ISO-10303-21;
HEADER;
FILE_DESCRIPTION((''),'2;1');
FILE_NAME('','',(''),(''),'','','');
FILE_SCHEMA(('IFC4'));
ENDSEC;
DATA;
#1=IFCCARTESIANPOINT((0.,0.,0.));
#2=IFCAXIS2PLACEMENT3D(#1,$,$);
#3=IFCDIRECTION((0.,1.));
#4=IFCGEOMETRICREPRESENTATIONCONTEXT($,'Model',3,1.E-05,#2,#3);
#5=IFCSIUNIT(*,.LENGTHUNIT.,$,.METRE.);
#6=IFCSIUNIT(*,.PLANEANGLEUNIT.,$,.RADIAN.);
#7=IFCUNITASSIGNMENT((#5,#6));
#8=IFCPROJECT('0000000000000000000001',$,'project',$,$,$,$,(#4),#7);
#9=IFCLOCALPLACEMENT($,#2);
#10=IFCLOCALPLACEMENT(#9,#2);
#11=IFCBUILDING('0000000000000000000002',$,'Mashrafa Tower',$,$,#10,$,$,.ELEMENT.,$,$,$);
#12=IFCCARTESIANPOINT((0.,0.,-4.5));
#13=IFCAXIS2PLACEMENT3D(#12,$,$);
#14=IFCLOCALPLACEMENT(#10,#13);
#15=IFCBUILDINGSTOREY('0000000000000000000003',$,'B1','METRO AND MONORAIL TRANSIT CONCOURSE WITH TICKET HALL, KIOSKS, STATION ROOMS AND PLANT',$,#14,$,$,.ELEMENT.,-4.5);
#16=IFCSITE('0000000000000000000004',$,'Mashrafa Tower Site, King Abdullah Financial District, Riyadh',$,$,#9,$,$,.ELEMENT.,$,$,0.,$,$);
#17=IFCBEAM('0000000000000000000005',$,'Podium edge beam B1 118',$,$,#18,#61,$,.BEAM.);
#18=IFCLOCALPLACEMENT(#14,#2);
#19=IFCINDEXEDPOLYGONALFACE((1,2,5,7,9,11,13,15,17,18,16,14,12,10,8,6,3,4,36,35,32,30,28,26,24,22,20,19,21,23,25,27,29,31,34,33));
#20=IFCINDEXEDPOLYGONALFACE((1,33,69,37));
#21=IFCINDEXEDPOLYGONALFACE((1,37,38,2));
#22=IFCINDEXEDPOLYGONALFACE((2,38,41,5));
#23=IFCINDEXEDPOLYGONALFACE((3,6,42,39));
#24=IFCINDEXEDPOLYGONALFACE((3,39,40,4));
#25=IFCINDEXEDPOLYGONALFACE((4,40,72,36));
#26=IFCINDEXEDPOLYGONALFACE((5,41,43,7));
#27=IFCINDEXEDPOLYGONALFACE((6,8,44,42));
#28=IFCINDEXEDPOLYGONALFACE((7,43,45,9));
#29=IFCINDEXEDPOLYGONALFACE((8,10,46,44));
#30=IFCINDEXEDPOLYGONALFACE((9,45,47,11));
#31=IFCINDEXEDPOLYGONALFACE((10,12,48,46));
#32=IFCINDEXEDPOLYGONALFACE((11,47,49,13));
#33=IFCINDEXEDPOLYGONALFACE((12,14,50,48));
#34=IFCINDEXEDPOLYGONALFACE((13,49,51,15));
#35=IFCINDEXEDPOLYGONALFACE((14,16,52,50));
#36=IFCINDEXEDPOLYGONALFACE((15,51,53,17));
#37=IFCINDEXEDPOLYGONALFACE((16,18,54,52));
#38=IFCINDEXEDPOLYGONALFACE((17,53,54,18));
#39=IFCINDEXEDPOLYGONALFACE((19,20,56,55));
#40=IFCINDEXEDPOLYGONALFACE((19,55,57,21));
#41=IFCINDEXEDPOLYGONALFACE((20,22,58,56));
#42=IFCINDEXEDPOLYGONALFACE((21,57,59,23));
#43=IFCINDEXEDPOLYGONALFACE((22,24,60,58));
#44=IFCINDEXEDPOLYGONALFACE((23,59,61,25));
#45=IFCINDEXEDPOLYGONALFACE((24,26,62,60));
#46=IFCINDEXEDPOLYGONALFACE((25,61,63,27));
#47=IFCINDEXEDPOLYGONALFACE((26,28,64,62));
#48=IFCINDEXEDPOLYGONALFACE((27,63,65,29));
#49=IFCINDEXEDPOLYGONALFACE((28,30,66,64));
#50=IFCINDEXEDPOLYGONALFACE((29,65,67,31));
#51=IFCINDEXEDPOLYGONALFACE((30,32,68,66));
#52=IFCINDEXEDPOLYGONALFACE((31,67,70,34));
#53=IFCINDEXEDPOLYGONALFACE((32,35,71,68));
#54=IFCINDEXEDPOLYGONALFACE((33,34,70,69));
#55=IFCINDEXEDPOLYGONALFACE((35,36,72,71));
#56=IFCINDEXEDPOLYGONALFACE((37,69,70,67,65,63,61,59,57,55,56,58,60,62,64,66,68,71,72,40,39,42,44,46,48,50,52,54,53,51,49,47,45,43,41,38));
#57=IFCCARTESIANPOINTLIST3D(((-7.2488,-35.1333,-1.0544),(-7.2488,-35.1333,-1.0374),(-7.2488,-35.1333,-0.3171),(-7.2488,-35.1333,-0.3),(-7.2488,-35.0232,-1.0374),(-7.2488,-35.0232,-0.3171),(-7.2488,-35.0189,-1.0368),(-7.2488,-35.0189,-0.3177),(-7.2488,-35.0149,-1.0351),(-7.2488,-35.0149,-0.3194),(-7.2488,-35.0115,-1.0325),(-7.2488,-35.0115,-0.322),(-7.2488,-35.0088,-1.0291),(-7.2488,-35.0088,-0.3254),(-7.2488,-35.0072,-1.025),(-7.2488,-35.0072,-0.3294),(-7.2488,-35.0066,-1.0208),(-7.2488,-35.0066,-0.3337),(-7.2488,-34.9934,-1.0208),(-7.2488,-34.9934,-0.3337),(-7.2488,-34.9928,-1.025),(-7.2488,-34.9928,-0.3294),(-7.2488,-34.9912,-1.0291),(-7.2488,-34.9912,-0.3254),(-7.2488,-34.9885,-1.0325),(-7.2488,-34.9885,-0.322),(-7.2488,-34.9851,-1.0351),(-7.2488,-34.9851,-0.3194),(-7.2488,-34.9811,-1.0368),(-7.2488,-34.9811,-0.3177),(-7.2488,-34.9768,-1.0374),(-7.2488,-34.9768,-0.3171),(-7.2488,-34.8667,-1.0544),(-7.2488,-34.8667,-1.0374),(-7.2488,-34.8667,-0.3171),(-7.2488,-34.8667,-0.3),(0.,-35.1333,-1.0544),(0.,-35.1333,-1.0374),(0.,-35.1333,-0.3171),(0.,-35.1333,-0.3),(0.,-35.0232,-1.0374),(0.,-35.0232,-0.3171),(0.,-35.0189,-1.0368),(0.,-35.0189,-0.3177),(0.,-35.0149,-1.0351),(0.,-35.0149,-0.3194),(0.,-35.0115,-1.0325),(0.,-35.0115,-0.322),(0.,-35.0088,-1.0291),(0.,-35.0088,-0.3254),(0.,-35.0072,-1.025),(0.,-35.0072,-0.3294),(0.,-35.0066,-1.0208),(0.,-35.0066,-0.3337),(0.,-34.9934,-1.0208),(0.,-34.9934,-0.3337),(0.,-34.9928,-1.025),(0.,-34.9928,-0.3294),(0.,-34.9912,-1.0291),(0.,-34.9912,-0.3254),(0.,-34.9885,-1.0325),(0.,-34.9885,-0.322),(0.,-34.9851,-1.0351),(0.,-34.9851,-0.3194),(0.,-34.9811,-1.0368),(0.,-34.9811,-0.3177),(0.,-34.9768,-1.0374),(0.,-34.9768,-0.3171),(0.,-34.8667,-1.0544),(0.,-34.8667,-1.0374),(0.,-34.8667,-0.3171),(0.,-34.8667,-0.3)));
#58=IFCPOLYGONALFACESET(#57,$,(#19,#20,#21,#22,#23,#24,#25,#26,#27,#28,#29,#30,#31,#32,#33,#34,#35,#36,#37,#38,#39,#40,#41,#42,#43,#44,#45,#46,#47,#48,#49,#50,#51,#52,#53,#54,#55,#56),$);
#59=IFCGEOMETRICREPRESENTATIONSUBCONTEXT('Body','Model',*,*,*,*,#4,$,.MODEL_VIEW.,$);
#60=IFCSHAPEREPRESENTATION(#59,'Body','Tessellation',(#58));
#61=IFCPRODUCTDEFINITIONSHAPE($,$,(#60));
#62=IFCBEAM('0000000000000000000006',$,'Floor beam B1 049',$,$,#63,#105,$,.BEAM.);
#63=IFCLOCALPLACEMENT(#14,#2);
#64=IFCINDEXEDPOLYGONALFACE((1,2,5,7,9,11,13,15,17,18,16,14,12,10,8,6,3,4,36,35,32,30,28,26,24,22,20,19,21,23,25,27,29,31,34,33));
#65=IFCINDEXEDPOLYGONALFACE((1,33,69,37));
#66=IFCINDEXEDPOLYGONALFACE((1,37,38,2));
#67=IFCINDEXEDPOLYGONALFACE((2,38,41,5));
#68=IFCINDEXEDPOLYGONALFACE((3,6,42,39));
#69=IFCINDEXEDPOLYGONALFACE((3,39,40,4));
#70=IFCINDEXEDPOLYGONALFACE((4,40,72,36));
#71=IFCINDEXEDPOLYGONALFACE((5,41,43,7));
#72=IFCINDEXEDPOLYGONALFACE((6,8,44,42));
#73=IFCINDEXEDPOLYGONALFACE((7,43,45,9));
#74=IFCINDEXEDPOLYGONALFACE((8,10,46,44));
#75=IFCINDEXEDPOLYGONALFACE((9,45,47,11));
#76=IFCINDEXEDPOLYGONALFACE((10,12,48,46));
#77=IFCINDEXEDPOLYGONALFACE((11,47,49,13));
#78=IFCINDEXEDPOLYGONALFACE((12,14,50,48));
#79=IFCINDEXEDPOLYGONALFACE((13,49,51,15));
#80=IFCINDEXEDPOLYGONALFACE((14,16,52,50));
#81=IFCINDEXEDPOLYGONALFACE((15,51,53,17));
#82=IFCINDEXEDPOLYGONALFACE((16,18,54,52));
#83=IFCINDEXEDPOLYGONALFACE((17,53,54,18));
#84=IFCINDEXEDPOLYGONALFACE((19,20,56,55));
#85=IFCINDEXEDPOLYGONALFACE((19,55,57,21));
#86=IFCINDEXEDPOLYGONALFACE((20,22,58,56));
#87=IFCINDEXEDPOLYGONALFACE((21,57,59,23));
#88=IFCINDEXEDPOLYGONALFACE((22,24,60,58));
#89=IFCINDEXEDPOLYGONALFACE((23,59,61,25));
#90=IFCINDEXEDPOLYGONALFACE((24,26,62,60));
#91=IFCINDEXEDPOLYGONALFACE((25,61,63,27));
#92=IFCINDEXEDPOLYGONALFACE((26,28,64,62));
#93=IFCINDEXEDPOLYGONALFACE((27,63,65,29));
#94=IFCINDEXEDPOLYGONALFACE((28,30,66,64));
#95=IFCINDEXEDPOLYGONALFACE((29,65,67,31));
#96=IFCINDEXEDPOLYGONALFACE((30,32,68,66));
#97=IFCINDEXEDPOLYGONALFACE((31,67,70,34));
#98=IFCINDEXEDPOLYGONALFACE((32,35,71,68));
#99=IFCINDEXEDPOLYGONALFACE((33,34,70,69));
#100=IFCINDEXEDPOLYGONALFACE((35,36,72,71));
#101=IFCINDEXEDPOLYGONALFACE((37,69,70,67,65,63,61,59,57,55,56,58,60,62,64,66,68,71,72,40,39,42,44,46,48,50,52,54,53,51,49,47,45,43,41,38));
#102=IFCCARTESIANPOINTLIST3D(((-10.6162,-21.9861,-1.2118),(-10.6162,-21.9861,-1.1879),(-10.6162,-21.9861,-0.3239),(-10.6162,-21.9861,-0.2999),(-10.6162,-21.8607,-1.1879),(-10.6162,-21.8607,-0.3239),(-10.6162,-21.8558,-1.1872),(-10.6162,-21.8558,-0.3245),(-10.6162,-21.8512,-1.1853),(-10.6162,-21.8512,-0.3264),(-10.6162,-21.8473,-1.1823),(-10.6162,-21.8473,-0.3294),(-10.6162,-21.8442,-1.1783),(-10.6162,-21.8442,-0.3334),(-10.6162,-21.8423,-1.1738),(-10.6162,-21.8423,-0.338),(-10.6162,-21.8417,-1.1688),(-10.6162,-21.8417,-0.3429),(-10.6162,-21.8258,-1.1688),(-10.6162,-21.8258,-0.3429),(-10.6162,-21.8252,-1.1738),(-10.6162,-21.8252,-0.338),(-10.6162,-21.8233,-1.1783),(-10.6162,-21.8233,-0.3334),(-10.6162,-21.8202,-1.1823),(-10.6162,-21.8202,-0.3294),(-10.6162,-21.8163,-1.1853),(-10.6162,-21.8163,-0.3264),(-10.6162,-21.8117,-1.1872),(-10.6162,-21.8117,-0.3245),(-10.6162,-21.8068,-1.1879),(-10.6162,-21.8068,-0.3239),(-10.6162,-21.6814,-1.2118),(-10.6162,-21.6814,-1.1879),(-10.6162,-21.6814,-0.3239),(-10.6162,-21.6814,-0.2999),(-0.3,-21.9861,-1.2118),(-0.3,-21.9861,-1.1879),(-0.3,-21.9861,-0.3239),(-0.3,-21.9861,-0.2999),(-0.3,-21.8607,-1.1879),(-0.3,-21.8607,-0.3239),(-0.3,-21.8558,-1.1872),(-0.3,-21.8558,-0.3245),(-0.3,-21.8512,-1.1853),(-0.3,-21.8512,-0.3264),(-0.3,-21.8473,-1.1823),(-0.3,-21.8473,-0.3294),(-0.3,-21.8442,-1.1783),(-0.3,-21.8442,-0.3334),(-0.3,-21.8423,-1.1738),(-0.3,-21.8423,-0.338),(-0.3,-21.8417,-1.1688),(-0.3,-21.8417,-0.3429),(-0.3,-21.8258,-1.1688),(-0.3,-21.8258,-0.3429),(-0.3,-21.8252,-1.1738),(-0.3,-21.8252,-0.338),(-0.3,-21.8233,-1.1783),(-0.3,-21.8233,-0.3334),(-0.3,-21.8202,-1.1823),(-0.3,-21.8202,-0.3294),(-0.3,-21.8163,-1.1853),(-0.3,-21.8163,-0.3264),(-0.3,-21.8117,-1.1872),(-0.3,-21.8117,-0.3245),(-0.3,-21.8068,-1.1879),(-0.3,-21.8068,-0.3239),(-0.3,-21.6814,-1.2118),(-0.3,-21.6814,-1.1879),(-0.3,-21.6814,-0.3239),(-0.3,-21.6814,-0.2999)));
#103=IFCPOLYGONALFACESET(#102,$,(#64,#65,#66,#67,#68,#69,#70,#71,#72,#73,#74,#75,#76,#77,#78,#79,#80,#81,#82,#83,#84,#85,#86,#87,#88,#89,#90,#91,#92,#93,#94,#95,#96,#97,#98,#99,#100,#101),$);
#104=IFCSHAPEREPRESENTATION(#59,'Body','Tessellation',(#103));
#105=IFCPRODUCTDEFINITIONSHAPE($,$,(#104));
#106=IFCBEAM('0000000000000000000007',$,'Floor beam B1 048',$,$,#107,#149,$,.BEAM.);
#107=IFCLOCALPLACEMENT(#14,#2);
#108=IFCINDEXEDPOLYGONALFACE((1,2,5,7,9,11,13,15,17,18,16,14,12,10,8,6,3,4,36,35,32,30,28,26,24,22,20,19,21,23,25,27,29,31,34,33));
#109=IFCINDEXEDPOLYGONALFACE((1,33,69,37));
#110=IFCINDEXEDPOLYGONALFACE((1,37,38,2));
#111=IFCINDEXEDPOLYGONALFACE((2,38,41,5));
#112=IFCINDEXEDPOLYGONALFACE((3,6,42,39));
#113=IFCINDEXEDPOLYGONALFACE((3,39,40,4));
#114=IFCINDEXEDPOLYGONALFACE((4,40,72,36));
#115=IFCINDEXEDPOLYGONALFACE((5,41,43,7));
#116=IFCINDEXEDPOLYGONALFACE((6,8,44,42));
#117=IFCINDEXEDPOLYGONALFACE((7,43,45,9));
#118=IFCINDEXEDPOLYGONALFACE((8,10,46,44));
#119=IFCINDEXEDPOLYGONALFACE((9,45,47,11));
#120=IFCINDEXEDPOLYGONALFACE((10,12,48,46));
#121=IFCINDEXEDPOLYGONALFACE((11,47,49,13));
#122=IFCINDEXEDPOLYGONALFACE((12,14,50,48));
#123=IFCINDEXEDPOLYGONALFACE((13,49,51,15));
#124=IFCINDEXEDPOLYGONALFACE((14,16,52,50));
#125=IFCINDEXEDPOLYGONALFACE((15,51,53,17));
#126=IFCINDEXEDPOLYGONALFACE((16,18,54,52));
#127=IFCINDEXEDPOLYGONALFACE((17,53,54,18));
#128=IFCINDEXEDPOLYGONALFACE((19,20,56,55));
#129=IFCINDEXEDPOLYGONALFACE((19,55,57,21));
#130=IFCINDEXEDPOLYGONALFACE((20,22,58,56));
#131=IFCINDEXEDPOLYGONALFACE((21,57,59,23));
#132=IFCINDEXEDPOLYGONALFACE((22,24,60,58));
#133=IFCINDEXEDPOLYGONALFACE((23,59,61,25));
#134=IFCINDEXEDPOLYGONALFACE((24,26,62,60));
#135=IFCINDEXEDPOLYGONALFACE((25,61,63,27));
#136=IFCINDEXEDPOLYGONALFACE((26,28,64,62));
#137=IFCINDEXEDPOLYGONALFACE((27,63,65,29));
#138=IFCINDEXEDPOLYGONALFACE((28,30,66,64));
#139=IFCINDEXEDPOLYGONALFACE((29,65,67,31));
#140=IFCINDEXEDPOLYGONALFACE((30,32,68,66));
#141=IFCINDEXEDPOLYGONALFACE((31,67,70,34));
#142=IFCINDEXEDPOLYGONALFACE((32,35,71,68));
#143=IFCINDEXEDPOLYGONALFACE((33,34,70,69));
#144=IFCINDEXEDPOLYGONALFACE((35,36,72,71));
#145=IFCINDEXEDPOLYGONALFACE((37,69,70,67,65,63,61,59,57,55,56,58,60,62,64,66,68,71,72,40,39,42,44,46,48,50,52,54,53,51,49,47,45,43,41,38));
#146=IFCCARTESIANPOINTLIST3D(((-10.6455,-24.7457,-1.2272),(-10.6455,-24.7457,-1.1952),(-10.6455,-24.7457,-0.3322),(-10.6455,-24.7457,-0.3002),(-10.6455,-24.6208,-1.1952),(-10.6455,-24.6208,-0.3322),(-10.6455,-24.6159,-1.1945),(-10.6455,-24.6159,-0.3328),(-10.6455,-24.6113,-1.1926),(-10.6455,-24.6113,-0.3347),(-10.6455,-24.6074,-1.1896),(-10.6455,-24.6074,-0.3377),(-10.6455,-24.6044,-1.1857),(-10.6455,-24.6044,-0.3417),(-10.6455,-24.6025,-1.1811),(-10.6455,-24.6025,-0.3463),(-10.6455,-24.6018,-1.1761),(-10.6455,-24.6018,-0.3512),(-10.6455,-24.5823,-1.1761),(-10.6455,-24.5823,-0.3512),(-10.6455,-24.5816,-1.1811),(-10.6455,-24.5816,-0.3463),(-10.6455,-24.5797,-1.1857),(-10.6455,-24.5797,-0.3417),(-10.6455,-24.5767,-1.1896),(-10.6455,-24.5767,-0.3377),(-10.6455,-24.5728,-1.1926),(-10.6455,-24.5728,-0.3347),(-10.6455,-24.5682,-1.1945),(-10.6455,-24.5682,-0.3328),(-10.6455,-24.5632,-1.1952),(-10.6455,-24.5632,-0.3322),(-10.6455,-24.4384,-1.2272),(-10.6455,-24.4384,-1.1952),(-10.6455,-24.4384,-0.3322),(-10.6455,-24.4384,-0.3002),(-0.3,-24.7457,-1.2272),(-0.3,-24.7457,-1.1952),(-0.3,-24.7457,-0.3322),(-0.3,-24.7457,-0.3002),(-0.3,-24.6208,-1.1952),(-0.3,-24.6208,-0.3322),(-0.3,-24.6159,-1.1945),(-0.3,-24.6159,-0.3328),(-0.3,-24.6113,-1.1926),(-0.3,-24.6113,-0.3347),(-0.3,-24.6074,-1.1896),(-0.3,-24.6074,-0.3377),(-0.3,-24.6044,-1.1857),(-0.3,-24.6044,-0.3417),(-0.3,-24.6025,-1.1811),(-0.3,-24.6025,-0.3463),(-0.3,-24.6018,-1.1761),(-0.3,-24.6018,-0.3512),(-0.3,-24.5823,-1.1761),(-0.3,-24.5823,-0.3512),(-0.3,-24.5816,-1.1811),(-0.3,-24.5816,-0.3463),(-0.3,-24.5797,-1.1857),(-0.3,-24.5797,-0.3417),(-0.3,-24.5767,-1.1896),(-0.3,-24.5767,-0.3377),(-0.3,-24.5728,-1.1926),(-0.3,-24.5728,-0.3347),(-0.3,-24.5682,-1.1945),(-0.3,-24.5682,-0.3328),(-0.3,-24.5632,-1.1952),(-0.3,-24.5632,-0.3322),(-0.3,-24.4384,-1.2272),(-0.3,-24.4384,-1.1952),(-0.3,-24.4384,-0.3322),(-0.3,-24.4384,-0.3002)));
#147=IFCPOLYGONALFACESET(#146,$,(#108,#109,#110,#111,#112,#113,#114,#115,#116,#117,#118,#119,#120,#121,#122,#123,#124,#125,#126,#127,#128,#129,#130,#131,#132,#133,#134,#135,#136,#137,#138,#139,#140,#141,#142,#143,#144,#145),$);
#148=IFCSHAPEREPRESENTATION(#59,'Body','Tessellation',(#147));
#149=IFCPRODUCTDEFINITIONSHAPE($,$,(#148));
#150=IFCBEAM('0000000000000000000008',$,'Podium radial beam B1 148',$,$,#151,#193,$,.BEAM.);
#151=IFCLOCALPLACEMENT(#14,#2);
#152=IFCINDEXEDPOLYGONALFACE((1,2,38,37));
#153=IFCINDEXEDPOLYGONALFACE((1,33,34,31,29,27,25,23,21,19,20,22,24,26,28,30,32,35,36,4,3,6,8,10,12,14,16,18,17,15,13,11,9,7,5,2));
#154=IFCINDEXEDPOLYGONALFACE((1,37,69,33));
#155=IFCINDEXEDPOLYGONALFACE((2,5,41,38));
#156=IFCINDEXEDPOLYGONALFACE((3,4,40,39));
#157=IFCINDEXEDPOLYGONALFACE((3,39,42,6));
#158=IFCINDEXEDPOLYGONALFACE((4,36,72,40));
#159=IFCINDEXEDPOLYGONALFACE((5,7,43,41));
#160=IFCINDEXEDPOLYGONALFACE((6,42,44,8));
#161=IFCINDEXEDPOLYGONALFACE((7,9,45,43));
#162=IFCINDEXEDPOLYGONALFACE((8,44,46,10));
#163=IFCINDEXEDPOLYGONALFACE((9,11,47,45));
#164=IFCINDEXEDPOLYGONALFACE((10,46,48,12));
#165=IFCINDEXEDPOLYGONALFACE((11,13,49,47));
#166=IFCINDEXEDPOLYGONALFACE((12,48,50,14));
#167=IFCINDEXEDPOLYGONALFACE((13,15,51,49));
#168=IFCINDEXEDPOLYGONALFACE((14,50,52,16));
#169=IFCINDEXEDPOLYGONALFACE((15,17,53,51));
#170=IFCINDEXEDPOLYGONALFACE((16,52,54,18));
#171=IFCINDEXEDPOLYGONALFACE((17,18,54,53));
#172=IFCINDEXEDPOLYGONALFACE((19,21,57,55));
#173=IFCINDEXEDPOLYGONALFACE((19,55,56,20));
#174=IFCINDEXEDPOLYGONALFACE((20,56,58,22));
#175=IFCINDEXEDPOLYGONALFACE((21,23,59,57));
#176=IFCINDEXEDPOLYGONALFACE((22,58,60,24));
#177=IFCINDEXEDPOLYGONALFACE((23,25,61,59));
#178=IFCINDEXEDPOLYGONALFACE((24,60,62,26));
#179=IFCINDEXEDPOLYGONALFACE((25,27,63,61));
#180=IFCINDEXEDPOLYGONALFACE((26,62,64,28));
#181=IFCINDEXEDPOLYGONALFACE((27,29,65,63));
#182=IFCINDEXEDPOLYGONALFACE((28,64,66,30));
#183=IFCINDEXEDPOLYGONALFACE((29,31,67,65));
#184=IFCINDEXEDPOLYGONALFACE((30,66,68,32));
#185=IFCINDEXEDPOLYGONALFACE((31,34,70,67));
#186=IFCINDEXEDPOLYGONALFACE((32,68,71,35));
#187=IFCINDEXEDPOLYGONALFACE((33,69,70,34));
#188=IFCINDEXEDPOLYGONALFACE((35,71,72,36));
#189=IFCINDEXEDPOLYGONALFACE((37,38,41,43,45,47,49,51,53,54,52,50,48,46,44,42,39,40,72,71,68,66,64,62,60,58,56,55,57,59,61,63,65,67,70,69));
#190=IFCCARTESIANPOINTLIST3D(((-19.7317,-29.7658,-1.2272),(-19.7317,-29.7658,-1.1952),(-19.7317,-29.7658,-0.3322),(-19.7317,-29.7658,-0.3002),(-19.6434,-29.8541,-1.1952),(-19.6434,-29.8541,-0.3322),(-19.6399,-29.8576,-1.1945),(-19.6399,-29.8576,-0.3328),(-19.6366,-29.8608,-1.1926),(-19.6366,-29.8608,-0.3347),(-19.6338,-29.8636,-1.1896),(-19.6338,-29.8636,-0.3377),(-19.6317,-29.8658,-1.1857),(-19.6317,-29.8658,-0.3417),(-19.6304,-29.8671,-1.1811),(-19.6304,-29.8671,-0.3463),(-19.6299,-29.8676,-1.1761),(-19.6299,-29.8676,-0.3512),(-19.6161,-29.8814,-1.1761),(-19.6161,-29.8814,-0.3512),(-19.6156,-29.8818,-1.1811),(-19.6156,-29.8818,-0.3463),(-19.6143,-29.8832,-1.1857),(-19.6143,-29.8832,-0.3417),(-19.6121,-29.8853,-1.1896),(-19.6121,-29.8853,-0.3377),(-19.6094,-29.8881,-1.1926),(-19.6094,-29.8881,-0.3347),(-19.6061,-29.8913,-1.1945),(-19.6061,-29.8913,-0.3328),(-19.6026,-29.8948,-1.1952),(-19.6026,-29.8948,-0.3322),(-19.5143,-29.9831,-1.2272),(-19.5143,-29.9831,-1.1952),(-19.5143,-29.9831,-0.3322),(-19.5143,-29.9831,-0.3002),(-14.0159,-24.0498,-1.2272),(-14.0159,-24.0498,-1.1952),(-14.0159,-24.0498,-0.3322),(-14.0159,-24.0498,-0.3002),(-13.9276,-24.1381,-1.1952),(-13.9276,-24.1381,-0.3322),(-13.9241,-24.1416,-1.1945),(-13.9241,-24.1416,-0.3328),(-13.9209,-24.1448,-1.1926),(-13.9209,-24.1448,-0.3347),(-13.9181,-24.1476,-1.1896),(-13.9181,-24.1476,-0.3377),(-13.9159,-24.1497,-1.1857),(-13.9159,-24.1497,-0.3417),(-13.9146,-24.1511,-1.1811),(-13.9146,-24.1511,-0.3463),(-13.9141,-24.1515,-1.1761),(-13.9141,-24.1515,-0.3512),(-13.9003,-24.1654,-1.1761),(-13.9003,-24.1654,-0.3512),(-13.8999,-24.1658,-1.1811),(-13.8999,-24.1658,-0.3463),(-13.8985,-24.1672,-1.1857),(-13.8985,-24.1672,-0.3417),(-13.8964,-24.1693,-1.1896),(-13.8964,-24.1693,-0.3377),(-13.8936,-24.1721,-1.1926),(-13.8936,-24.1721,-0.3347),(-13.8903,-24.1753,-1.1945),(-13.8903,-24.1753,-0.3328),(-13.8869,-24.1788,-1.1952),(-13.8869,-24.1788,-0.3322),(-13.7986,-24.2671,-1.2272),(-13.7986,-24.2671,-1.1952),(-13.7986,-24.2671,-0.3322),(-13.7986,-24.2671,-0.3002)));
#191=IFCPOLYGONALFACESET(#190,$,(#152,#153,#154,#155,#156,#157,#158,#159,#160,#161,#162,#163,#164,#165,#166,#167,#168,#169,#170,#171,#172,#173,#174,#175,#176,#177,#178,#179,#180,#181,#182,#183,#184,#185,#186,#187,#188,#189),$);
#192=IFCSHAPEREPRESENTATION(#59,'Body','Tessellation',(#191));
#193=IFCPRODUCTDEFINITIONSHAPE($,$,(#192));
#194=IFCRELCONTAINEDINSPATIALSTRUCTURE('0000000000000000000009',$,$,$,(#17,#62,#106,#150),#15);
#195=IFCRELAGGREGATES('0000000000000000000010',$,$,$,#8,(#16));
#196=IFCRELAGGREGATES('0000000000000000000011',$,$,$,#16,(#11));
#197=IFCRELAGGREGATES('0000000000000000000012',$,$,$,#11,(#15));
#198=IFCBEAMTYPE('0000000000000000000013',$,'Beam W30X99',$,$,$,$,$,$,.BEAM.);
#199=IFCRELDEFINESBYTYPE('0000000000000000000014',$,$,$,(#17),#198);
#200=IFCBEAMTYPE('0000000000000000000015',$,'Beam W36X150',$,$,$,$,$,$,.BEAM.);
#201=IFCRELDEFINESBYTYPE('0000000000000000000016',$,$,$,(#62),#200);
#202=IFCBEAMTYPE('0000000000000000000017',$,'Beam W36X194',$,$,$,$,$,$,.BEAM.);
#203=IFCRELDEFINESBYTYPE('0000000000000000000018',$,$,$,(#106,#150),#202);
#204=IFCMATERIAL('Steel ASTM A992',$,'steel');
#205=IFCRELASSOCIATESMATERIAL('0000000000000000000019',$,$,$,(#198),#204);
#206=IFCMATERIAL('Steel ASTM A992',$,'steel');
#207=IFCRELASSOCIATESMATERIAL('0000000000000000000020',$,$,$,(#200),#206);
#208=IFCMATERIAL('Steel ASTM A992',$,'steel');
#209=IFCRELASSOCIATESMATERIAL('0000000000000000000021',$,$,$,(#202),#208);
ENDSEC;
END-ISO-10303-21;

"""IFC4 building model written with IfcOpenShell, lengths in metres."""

from ifc_helpers import new_model, si_unit, direction, frame, origin, origin_2d, place, context, subcontext, project, spatial, i_section, extrude, material, material_profile, profile_set, type_object, element, save


model = new_model("IFC4")

# Units and contexts
model_context = context("Model", 3, precision=1e-05, world=origin(), true_north=direction((0.0, 1.0)))
body_context = subcontext(model_context, "Body", "Model", "MODEL_VIEW")
ifc_project = project(units=[si_unit("LENGTHUNIT", "METRE"), si_unit("PLANEANGLEUNIT", "RADIAN")], contexts=[model_context])

# Site, building, storey
site_placement = place(None, origin())
site = spatial("IfcSite", under=ifc_project, at=site_placement, Name="Mashrafa Tower Site, King Abdullah Financial District, Riyadh", CompositionType="ELEMENT", RefElevation=0.0)
building_placement = place(site_placement, origin())
building = spatial("IfcBuilding", under=site, at=building_placement, Name="Mashrafa Tower", CompositionType="ELEMENT")
storey_placement = place(building_placement, frame((0.0, 0.0, -4.5)))
storey = spatial("IfcBuildingStorey", under=building, at=storey_placement, Name="B1", Description="METRO AND MONORAIL TRANSIT CONCOURSE WITH TICKET HALL, KIOSKS, STATION ROOMS AND PLANT", CompositionType="ELEMENT", Elevation=-4.5)

# Beams
ifc_material_1 = material(Name="Steel ASTM A992", Category="steel")
ifc_material_profile_1 = material_profile(ifc_material_1, i_section(OverallWidth=0.2666, OverallDepth=0.7544, WebThickness=0.0132, FlangeThickness=0.0171, FilletRadius=0.0166, at=origin_2d()), Name="W30X99")
ifc_profile_set_1 = profile_set([ifc_material_profile_1], Name="Steel ASTM A992")
beam_type_1 = type_object("IfcBeamType", Name="Beam W30X99", PredefinedType="BEAM", material=ifc_profile_set_1)
for number, where, z_axis, x_axis, name in (
    (1, (-7.2488, -35.0, -0.6772), (1.0, 0.0, 0.0), (0.0, 1.0, 0.0), "Podium edge beam B1 118"),
):
    element("IfcBeam", number, at=place(storey_placement, frame(where, z_axis=z_axis, x_axis=x_axis)), inside=storey, type_object=beam_type_1, Name=name, PredefinedType="BEAM", context=body_context, shape_type="SweptSolid", body=[
        extrude(i_section(OverallWidth=0.2666, OverallDepth=0.7544, WebThickness=0.0132, FlangeThickness=0.0171, FilletRadius=0.0166, at=origin_2d()), origin(), (0.0, 0.0, 1.0), 7.2488),
    ])
ifc_material_2 = material(Name="Steel ASTM A992", Category="steel")
ifc_material_profile_2 = material_profile(ifc_material_2, i_section(OverallWidth=0.3047, OverallDepth=0.9119, WebThickness=0.0159, FlangeThickness=0.0239, FilletRadius=0.019, at=origin_2d()), Name="W36X150")
ifc_profile_set_2 = profile_set([ifc_material_profile_2], Name="Steel ASTM A992")
beam_type_2 = type_object("IfcBeamType", Name="Beam W36X150", PredefinedType="BEAM", material=ifc_profile_set_2)
beam_1_placement = place(storey_placement, frame((-0.3, -21.8337, -0.7559), z_axis=(-1.0, 0.0, 0.0), x_axis=(0.0, -1.0, 0.0)))
element("IfcBeam", 2, at=beam_1_placement, inside=storey, type_object=beam_type_2, Name="Floor beam B1 049", PredefinedType="BEAM", context=body_context, shape_type="SweptSolid", body=[
    extrude(i_section(OverallWidth=0.3047, OverallDepth=0.9119, WebThickness=0.0159, FlangeThickness=0.0239, FilletRadius=0.019, at=origin_2d()), origin(), (0.0, 0.0, 1.0), 10.3162),
])
ifc_material_3 = material(Name="Steel ASTM A992", Category="steel")
ifc_material_profile_3 = material_profile(ifc_material_3, i_section(OverallWidth=0.3074, OverallDepth=0.927, WebThickness=0.0195, FlangeThickness=0.032, FilletRadius=0.019, at=origin_2d()), Name="W36X194")
ifc_profile_set_3 = profile_set([ifc_material_profile_3], Name="Steel ASTM A992")
beam_type_3 = type_object("IfcBeamType", Name="Beam W36X194", PredefinedType="BEAM", material=ifc_profile_set_3)
beam_2_placement = place(storey_placement, frame((-0.3, -24.592, -0.7637), z_axis=(-1.0, 0.0, 0.0), x_axis=(0.0, -1.0, 0.0)))
element("IfcBeam", 3, at=beam_2_placement, inside=storey, type_object=beam_type_3, Name="Floor beam B1 048", PredefinedType="BEAM", context=body_context, shape_type="SweptSolid", body=[
    extrude(i_section(OverallWidth=0.3074, OverallDepth=0.927, WebThickness=0.0195, FlangeThickness=0.032, FilletRadius=0.019, at=origin_2d()), origin(), (0.0, 0.0, 1.0), 10.3455),
])
beam_3_placement = place(storey_placement, frame((-13.9072, -24.1584, -0.7637), z_axis=(-0.707092, -0.707122, 0.0), x_axis=(0.707122, -0.707092, 0.0)))
element("IfcBeam", 4, at=beam_3_placement, inside=storey, type_object=beam_type_3, Name="Podium radial beam B1 148", PredefinedType="BEAM", context=body_context, shape_type="SweptSolid", body=[
    extrude(i_section(OverallWidth=0.3074, OverallDepth=0.927, WebThickness=0.0195, FlangeThickness=0.032, FilletRadius=0.019, at=origin_2d()), origin(), (0.0, 0.0, 1.0), 8.0835),
])

save(model, "model.ifc")
